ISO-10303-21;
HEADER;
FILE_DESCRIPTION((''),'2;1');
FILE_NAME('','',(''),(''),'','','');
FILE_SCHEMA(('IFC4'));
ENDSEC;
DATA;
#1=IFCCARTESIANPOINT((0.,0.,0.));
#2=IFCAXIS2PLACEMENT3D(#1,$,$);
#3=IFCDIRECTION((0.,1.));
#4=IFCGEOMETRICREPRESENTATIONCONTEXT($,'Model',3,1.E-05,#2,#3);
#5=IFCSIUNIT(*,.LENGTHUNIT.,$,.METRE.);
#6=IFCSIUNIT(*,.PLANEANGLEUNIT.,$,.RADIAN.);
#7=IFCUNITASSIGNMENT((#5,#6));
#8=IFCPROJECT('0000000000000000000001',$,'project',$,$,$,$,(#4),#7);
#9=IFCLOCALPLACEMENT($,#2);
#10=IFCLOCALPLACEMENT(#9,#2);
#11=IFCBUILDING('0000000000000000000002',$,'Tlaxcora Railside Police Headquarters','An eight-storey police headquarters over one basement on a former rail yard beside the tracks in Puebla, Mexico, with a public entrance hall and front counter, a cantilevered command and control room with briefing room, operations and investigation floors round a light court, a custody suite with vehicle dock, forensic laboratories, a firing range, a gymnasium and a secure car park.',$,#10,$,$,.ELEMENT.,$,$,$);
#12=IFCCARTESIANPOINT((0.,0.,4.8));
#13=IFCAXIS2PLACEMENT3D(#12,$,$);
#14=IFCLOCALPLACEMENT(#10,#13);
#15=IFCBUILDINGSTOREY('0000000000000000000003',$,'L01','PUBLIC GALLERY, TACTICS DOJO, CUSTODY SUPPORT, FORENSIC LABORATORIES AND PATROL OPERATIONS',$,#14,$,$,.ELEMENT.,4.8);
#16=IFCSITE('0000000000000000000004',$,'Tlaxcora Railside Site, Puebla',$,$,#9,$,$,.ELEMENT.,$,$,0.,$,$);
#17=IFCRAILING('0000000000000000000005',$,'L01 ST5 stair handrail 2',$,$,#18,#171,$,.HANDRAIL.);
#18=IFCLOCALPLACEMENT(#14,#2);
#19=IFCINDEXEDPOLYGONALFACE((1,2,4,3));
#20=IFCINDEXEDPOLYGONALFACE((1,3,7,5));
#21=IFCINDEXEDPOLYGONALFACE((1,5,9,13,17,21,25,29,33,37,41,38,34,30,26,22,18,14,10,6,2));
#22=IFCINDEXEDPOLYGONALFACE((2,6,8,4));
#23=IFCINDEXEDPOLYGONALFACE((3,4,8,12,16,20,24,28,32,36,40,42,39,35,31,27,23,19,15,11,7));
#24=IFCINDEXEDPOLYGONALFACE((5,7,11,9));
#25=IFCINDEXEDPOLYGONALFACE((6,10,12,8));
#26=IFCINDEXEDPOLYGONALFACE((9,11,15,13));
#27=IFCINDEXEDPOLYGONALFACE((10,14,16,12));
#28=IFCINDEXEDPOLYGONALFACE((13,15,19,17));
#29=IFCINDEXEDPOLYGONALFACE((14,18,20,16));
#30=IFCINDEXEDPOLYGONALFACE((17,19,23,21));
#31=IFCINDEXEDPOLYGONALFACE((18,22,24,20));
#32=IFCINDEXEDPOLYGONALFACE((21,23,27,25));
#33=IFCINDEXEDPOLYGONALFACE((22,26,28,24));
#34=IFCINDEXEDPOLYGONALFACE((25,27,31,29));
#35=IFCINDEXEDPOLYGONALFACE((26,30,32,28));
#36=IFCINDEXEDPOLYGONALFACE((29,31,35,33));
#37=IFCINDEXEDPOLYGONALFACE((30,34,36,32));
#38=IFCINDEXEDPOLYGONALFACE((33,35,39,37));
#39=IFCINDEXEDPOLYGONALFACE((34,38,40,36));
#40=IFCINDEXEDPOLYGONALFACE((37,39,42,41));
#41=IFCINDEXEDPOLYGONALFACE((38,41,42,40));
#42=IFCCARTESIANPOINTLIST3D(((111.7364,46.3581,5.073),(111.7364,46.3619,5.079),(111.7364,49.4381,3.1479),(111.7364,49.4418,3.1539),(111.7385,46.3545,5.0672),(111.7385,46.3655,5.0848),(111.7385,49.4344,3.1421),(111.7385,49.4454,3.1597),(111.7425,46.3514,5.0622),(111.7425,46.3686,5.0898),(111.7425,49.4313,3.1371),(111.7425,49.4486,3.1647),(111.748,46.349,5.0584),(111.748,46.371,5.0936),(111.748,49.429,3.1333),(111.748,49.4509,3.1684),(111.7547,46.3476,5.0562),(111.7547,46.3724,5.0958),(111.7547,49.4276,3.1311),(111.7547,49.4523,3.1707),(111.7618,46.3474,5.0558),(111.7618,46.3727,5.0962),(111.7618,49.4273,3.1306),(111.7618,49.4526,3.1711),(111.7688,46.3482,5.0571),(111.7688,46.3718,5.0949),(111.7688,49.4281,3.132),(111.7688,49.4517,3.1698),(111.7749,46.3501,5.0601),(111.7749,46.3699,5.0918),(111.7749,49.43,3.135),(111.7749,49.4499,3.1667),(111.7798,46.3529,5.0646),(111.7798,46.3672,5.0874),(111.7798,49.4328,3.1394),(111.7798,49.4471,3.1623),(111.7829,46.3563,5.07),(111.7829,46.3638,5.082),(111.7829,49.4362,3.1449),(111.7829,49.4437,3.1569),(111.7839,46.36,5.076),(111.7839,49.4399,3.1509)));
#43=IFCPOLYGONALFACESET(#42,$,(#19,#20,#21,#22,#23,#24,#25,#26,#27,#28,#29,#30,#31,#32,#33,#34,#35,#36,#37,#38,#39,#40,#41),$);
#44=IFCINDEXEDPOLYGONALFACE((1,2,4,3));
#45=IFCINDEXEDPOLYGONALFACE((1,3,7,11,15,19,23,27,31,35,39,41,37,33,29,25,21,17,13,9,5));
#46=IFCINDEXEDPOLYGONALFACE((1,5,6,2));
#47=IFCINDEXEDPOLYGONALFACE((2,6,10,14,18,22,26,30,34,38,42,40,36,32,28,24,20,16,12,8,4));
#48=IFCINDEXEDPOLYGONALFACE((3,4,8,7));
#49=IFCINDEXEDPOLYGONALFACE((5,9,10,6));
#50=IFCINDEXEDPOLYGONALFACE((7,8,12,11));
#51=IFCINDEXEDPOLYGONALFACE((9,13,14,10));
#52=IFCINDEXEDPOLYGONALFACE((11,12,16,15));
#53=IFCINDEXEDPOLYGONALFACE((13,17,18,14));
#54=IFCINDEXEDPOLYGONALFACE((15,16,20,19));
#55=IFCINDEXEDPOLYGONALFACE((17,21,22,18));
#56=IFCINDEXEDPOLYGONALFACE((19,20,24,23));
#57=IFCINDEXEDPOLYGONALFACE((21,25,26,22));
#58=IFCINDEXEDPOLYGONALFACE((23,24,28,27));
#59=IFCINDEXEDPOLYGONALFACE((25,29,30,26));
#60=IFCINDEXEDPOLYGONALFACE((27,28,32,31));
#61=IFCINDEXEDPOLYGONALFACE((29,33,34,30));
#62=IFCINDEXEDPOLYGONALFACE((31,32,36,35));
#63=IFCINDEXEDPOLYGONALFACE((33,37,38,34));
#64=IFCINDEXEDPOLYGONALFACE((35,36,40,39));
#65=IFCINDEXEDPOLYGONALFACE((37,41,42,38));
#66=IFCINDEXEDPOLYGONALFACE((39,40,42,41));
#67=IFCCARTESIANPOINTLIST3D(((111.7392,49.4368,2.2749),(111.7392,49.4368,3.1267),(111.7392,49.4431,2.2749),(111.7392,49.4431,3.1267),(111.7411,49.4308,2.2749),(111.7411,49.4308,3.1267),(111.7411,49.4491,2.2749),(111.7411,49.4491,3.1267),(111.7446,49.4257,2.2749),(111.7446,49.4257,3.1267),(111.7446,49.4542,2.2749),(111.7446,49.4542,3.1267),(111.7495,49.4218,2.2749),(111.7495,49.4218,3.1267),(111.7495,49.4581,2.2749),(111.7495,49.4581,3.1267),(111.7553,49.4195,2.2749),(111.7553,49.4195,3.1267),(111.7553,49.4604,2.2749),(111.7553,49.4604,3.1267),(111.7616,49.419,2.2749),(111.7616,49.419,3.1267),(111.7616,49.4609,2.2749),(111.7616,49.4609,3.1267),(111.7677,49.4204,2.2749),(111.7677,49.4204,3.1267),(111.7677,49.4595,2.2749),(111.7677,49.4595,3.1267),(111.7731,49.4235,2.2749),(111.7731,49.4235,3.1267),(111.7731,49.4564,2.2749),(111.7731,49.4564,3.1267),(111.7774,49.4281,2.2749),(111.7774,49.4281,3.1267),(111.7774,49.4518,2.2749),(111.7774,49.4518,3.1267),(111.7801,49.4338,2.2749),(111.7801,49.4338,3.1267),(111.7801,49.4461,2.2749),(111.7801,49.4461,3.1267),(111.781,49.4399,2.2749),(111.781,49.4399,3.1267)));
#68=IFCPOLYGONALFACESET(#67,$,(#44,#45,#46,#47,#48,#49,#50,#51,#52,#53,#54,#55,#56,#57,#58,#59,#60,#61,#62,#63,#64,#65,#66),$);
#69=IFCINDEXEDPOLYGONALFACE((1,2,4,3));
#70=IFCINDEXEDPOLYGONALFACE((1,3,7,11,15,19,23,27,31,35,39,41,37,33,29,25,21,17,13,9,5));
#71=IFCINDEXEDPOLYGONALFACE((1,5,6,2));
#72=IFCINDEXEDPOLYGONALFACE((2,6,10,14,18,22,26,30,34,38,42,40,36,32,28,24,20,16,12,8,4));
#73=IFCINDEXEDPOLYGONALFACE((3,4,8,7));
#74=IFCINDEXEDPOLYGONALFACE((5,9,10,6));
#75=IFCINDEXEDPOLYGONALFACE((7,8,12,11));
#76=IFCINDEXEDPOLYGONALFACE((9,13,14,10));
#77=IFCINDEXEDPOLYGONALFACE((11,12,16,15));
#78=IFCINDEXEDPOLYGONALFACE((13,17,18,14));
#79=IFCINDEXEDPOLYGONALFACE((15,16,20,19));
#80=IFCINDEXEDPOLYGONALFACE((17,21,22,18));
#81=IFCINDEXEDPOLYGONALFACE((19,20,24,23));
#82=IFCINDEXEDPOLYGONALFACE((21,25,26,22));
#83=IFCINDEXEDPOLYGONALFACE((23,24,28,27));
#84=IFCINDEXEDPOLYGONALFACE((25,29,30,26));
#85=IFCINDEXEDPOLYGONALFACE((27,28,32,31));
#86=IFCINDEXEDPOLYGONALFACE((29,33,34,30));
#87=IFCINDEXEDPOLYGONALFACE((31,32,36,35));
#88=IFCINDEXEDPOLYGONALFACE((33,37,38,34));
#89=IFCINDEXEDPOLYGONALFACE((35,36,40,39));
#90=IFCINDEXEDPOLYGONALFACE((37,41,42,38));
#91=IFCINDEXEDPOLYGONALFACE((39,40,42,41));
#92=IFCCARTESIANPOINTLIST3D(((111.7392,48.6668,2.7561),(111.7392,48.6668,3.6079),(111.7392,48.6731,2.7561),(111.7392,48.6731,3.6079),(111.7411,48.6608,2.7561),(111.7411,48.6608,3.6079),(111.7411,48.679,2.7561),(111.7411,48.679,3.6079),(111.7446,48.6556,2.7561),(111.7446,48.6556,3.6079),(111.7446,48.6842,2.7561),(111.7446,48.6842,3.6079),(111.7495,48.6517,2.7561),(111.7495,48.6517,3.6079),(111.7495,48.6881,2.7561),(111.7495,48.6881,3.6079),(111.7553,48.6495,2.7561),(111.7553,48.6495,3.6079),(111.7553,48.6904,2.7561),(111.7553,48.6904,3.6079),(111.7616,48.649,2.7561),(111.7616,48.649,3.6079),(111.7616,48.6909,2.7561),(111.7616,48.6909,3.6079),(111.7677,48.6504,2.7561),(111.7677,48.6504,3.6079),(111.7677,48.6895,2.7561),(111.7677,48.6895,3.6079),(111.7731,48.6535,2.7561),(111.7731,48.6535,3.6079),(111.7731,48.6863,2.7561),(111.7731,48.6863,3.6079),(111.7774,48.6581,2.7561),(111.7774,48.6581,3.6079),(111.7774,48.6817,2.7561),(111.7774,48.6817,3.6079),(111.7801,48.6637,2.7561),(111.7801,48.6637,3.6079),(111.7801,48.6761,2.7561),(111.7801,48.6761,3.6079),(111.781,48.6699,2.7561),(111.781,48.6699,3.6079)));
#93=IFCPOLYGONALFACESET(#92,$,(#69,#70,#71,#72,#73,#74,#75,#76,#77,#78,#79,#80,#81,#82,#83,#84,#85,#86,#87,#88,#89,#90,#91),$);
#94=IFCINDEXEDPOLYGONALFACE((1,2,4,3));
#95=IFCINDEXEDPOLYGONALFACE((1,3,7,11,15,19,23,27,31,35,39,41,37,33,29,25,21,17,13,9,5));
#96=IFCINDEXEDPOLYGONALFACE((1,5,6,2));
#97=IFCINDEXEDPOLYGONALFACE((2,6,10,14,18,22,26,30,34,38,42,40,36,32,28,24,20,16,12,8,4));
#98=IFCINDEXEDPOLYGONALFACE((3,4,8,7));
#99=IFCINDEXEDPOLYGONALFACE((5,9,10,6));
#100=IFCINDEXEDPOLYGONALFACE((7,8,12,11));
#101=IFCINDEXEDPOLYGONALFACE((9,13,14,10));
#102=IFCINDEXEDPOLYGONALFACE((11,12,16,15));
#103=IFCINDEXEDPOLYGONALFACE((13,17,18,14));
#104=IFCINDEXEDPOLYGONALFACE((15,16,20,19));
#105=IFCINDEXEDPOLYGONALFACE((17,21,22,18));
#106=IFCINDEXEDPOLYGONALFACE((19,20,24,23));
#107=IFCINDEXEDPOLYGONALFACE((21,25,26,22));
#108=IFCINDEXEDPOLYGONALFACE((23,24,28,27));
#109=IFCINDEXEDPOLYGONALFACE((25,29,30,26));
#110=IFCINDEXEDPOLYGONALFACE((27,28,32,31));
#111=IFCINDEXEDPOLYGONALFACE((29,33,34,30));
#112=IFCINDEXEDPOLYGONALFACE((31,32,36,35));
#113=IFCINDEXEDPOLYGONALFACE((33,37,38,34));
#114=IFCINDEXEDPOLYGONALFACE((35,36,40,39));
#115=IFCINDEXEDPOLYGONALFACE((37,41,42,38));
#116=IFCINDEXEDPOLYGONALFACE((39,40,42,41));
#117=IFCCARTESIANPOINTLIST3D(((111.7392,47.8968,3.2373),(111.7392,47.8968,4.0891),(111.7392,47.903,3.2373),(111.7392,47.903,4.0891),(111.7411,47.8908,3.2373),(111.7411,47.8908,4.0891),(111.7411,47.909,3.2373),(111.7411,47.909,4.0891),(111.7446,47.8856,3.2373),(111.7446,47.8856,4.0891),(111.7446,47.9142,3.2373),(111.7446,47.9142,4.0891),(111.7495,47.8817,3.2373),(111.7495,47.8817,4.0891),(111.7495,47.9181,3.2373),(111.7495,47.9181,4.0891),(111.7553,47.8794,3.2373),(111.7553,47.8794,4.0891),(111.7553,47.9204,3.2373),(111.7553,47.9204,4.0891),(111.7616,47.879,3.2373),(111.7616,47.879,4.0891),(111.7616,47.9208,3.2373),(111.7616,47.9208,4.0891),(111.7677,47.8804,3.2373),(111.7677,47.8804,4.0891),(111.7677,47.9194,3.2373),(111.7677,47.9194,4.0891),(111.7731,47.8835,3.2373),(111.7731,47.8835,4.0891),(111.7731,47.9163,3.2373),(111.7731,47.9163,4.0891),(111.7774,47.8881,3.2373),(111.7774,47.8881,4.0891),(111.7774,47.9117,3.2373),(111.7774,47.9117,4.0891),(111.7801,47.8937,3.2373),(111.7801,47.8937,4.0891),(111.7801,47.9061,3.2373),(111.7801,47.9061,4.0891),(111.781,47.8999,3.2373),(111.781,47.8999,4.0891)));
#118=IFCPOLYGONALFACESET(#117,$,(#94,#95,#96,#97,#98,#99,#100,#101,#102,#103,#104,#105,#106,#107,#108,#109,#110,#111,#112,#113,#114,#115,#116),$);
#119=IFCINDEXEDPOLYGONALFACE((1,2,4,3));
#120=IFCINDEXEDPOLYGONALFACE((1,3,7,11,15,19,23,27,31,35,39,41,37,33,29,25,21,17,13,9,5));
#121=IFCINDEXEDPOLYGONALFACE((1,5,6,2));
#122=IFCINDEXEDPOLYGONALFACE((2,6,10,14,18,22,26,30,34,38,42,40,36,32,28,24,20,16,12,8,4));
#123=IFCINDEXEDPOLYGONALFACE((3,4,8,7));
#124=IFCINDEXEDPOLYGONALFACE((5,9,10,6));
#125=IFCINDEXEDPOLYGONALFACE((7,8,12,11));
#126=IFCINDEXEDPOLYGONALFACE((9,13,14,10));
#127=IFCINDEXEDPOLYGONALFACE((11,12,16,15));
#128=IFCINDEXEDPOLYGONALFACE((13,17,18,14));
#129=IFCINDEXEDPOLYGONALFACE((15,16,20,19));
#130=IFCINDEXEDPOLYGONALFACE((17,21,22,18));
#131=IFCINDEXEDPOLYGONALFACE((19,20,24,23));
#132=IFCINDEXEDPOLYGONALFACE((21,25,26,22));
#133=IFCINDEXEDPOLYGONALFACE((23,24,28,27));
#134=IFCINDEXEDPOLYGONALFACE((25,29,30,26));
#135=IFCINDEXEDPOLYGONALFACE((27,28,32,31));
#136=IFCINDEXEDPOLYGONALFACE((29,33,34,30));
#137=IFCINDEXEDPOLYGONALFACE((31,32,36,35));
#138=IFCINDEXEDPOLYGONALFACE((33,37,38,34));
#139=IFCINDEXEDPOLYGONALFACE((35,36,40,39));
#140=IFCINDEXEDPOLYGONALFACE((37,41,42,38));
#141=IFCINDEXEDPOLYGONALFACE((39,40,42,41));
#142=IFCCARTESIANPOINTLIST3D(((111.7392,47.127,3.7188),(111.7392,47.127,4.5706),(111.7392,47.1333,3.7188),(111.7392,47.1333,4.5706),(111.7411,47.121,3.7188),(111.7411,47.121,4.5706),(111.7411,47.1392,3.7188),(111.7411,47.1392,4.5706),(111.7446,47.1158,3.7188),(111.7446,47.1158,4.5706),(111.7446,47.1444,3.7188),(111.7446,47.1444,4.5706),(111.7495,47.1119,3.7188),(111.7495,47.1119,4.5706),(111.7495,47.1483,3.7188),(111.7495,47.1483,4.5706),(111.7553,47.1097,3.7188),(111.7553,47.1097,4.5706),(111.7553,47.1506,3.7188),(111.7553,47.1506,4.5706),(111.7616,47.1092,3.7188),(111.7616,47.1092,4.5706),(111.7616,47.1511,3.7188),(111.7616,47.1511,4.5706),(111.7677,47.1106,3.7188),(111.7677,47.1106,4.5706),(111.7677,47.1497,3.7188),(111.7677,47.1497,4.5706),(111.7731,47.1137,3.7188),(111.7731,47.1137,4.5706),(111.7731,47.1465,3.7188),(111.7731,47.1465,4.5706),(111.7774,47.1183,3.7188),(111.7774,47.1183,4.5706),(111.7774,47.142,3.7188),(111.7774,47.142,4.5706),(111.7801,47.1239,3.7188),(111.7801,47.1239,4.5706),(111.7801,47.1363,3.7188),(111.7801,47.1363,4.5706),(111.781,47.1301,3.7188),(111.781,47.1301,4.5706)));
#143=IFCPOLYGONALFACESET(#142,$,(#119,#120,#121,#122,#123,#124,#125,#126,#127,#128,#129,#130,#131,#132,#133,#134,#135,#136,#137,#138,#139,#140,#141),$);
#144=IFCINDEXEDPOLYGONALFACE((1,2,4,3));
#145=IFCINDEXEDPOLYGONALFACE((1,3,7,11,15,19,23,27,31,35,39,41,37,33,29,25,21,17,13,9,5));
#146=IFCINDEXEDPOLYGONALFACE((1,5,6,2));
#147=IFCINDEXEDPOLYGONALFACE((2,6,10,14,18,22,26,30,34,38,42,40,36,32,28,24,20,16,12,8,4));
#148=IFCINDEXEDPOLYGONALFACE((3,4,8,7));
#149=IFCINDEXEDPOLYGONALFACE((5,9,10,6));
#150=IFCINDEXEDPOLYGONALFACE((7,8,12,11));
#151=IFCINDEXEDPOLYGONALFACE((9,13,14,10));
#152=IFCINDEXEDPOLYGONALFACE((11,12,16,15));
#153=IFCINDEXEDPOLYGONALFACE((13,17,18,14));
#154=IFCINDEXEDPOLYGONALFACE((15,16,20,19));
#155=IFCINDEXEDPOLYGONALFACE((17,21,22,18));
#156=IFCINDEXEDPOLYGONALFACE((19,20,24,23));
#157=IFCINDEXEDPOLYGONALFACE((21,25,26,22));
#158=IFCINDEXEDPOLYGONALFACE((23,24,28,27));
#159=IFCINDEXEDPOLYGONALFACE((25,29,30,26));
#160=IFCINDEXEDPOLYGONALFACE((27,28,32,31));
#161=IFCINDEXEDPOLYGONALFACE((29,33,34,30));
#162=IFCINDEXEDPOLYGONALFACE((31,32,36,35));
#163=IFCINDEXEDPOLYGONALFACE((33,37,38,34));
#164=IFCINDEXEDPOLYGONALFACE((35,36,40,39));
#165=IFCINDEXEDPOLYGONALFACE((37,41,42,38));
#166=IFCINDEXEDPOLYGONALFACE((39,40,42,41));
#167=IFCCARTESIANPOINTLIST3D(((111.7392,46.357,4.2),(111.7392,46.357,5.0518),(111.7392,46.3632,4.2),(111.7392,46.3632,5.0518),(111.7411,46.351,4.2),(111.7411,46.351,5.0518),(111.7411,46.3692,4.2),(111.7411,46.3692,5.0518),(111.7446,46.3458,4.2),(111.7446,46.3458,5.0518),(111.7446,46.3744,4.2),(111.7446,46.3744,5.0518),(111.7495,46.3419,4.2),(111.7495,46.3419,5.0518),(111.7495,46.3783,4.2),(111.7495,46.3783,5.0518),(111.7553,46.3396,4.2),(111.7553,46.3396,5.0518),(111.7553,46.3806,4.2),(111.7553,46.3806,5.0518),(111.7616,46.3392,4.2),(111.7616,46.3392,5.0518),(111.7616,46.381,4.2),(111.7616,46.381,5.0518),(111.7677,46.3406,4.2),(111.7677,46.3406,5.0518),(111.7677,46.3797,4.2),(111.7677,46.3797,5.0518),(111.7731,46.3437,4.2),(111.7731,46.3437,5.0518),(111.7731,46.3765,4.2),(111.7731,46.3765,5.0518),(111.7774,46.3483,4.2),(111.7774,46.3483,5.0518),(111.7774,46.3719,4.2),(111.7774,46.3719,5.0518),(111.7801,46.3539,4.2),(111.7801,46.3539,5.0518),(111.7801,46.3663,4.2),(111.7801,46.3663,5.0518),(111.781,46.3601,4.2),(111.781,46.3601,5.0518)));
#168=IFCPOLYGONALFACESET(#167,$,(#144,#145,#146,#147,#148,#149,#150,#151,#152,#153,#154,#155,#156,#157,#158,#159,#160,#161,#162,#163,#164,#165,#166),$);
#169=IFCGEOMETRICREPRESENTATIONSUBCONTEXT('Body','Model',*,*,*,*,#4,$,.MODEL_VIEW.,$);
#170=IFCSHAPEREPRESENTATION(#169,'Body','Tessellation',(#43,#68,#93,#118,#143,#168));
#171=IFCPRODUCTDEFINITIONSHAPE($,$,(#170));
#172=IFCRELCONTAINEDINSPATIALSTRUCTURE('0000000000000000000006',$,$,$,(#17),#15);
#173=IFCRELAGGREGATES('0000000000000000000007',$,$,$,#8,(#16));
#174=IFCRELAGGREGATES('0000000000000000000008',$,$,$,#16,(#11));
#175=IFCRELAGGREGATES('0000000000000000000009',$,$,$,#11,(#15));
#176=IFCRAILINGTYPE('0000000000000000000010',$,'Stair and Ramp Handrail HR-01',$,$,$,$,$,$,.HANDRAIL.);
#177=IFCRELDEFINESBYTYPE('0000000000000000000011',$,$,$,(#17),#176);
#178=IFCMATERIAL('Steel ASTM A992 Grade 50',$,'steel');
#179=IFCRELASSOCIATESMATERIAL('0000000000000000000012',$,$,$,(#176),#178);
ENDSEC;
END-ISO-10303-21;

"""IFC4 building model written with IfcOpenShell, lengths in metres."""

from ifc_helpers import new_model, si_unit, direction, frame, origin, origin_2d, place, context, subcontext, project, spatial, circle, extrude, material, type_object, element, save


model = new_model("IFC4")

# Units and contexts
model_context = context("Model", 3, precision=1e-05, world=origin(), true_north=direction((0.0, 1.0)))
body_context = subcontext(model_context, "Body", "Model", "MODEL_VIEW")
ifc_project = project(units=[si_unit("LENGTHUNIT", "METRE"), si_unit("PLANEANGLEUNIT", "RADIAN")], contexts=[model_context])

# Site, building, storey
site_placement = place(None, origin())
site = spatial("IfcSite", under=ifc_project, at=site_placement, Name="Tlaxcora Railside Site, Puebla", CompositionType="ELEMENT", RefElevation=0.0)
building_placement = place(site_placement, origin())
building = spatial("IfcBuilding", under=site, at=building_placement, Name="Tlaxcora Railside Police Headquarters", Description="An eight-storey police headquarters over one basement on a former rail yard beside the tracks in Puebla, Mexico, with a public entrance hall and front counter, a cantilevered command and control room with briefing room, operations and investigation floors round a light court, a custody suite with vehicle dock, forensic laboratories, a firing range, a gymnasium and a secure car park.", CompositionType="ELEMENT")
storey_placement = place(building_placement, frame((0.0, 0.0, 4.8)))
storey = spatial("IfcBuildingStorey", under=building, at=storey_placement, Name="L01", Description="PUBLIC GALLERY, TACTICS DOJO, CUSTODY SUPPORT, FORENSIC LABORATORIES AND PATROL OPERATIONS", CompositionType="ELEMENT", Elevation=4.8)

# Shared definitions
ifc_material_1 = material(Name="Steel ASTM A992 Grade 50", Category="steel")

# Railing
railing_type_1 = type_object("IfcRailingType", Name="Stair and Ramp Handrail HR-01", PredefinedType="HANDRAIL", material=ifc_material_1)
railing_1_placement = place(storey_placement, frame((111.76, 49.4399, 2.2749)))
element("IfcRailing", 1, at=railing_1_placement, inside=storey, type_object=railing_type_1, Name="L01 ST5 stair handrail 2", PredefinedType="HANDRAIL", context=body_context, shape_type="SweptSolid", body=[
    extrude(circle(Radius=0.0239, at=origin_2d()), frame((0.0, 0.0, 0.876), z_axis=(0.0, -0.847979, 0.530029), x_axis=(1.0, 0.0, 0.0)), (0.0, 0.0, 1.0), 3.6321),
    extrude(circle(Radius=0.021, at=origin_2d()), origin(), (0.0, 0.0, 1.0), 0.8518),
    extrude(circle(Radius=0.021, at=origin_2d()), frame((0.0, -0.77, 0.4812)), (0.0, 0.0, 1.0), 0.8518),
    extrude(circle(Radius=0.021, at=origin_2d()), frame((0.0, -1.54, 0.9624)), (0.0, 0.0, 1.0), 0.8518),
    extrude(circle(Radius=0.021, at=origin_2d()), frame((0.0, -2.3098, 1.4438)), (0.0, 0.0, 1.0), 0.8518),
    extrude(circle(Radius=0.021, at=origin_2d()), frame((0.0, -3.0798, 1.925)), (0.0, 0.0, 1.0), 0.8518),
])

save(model, "model.ifc")
